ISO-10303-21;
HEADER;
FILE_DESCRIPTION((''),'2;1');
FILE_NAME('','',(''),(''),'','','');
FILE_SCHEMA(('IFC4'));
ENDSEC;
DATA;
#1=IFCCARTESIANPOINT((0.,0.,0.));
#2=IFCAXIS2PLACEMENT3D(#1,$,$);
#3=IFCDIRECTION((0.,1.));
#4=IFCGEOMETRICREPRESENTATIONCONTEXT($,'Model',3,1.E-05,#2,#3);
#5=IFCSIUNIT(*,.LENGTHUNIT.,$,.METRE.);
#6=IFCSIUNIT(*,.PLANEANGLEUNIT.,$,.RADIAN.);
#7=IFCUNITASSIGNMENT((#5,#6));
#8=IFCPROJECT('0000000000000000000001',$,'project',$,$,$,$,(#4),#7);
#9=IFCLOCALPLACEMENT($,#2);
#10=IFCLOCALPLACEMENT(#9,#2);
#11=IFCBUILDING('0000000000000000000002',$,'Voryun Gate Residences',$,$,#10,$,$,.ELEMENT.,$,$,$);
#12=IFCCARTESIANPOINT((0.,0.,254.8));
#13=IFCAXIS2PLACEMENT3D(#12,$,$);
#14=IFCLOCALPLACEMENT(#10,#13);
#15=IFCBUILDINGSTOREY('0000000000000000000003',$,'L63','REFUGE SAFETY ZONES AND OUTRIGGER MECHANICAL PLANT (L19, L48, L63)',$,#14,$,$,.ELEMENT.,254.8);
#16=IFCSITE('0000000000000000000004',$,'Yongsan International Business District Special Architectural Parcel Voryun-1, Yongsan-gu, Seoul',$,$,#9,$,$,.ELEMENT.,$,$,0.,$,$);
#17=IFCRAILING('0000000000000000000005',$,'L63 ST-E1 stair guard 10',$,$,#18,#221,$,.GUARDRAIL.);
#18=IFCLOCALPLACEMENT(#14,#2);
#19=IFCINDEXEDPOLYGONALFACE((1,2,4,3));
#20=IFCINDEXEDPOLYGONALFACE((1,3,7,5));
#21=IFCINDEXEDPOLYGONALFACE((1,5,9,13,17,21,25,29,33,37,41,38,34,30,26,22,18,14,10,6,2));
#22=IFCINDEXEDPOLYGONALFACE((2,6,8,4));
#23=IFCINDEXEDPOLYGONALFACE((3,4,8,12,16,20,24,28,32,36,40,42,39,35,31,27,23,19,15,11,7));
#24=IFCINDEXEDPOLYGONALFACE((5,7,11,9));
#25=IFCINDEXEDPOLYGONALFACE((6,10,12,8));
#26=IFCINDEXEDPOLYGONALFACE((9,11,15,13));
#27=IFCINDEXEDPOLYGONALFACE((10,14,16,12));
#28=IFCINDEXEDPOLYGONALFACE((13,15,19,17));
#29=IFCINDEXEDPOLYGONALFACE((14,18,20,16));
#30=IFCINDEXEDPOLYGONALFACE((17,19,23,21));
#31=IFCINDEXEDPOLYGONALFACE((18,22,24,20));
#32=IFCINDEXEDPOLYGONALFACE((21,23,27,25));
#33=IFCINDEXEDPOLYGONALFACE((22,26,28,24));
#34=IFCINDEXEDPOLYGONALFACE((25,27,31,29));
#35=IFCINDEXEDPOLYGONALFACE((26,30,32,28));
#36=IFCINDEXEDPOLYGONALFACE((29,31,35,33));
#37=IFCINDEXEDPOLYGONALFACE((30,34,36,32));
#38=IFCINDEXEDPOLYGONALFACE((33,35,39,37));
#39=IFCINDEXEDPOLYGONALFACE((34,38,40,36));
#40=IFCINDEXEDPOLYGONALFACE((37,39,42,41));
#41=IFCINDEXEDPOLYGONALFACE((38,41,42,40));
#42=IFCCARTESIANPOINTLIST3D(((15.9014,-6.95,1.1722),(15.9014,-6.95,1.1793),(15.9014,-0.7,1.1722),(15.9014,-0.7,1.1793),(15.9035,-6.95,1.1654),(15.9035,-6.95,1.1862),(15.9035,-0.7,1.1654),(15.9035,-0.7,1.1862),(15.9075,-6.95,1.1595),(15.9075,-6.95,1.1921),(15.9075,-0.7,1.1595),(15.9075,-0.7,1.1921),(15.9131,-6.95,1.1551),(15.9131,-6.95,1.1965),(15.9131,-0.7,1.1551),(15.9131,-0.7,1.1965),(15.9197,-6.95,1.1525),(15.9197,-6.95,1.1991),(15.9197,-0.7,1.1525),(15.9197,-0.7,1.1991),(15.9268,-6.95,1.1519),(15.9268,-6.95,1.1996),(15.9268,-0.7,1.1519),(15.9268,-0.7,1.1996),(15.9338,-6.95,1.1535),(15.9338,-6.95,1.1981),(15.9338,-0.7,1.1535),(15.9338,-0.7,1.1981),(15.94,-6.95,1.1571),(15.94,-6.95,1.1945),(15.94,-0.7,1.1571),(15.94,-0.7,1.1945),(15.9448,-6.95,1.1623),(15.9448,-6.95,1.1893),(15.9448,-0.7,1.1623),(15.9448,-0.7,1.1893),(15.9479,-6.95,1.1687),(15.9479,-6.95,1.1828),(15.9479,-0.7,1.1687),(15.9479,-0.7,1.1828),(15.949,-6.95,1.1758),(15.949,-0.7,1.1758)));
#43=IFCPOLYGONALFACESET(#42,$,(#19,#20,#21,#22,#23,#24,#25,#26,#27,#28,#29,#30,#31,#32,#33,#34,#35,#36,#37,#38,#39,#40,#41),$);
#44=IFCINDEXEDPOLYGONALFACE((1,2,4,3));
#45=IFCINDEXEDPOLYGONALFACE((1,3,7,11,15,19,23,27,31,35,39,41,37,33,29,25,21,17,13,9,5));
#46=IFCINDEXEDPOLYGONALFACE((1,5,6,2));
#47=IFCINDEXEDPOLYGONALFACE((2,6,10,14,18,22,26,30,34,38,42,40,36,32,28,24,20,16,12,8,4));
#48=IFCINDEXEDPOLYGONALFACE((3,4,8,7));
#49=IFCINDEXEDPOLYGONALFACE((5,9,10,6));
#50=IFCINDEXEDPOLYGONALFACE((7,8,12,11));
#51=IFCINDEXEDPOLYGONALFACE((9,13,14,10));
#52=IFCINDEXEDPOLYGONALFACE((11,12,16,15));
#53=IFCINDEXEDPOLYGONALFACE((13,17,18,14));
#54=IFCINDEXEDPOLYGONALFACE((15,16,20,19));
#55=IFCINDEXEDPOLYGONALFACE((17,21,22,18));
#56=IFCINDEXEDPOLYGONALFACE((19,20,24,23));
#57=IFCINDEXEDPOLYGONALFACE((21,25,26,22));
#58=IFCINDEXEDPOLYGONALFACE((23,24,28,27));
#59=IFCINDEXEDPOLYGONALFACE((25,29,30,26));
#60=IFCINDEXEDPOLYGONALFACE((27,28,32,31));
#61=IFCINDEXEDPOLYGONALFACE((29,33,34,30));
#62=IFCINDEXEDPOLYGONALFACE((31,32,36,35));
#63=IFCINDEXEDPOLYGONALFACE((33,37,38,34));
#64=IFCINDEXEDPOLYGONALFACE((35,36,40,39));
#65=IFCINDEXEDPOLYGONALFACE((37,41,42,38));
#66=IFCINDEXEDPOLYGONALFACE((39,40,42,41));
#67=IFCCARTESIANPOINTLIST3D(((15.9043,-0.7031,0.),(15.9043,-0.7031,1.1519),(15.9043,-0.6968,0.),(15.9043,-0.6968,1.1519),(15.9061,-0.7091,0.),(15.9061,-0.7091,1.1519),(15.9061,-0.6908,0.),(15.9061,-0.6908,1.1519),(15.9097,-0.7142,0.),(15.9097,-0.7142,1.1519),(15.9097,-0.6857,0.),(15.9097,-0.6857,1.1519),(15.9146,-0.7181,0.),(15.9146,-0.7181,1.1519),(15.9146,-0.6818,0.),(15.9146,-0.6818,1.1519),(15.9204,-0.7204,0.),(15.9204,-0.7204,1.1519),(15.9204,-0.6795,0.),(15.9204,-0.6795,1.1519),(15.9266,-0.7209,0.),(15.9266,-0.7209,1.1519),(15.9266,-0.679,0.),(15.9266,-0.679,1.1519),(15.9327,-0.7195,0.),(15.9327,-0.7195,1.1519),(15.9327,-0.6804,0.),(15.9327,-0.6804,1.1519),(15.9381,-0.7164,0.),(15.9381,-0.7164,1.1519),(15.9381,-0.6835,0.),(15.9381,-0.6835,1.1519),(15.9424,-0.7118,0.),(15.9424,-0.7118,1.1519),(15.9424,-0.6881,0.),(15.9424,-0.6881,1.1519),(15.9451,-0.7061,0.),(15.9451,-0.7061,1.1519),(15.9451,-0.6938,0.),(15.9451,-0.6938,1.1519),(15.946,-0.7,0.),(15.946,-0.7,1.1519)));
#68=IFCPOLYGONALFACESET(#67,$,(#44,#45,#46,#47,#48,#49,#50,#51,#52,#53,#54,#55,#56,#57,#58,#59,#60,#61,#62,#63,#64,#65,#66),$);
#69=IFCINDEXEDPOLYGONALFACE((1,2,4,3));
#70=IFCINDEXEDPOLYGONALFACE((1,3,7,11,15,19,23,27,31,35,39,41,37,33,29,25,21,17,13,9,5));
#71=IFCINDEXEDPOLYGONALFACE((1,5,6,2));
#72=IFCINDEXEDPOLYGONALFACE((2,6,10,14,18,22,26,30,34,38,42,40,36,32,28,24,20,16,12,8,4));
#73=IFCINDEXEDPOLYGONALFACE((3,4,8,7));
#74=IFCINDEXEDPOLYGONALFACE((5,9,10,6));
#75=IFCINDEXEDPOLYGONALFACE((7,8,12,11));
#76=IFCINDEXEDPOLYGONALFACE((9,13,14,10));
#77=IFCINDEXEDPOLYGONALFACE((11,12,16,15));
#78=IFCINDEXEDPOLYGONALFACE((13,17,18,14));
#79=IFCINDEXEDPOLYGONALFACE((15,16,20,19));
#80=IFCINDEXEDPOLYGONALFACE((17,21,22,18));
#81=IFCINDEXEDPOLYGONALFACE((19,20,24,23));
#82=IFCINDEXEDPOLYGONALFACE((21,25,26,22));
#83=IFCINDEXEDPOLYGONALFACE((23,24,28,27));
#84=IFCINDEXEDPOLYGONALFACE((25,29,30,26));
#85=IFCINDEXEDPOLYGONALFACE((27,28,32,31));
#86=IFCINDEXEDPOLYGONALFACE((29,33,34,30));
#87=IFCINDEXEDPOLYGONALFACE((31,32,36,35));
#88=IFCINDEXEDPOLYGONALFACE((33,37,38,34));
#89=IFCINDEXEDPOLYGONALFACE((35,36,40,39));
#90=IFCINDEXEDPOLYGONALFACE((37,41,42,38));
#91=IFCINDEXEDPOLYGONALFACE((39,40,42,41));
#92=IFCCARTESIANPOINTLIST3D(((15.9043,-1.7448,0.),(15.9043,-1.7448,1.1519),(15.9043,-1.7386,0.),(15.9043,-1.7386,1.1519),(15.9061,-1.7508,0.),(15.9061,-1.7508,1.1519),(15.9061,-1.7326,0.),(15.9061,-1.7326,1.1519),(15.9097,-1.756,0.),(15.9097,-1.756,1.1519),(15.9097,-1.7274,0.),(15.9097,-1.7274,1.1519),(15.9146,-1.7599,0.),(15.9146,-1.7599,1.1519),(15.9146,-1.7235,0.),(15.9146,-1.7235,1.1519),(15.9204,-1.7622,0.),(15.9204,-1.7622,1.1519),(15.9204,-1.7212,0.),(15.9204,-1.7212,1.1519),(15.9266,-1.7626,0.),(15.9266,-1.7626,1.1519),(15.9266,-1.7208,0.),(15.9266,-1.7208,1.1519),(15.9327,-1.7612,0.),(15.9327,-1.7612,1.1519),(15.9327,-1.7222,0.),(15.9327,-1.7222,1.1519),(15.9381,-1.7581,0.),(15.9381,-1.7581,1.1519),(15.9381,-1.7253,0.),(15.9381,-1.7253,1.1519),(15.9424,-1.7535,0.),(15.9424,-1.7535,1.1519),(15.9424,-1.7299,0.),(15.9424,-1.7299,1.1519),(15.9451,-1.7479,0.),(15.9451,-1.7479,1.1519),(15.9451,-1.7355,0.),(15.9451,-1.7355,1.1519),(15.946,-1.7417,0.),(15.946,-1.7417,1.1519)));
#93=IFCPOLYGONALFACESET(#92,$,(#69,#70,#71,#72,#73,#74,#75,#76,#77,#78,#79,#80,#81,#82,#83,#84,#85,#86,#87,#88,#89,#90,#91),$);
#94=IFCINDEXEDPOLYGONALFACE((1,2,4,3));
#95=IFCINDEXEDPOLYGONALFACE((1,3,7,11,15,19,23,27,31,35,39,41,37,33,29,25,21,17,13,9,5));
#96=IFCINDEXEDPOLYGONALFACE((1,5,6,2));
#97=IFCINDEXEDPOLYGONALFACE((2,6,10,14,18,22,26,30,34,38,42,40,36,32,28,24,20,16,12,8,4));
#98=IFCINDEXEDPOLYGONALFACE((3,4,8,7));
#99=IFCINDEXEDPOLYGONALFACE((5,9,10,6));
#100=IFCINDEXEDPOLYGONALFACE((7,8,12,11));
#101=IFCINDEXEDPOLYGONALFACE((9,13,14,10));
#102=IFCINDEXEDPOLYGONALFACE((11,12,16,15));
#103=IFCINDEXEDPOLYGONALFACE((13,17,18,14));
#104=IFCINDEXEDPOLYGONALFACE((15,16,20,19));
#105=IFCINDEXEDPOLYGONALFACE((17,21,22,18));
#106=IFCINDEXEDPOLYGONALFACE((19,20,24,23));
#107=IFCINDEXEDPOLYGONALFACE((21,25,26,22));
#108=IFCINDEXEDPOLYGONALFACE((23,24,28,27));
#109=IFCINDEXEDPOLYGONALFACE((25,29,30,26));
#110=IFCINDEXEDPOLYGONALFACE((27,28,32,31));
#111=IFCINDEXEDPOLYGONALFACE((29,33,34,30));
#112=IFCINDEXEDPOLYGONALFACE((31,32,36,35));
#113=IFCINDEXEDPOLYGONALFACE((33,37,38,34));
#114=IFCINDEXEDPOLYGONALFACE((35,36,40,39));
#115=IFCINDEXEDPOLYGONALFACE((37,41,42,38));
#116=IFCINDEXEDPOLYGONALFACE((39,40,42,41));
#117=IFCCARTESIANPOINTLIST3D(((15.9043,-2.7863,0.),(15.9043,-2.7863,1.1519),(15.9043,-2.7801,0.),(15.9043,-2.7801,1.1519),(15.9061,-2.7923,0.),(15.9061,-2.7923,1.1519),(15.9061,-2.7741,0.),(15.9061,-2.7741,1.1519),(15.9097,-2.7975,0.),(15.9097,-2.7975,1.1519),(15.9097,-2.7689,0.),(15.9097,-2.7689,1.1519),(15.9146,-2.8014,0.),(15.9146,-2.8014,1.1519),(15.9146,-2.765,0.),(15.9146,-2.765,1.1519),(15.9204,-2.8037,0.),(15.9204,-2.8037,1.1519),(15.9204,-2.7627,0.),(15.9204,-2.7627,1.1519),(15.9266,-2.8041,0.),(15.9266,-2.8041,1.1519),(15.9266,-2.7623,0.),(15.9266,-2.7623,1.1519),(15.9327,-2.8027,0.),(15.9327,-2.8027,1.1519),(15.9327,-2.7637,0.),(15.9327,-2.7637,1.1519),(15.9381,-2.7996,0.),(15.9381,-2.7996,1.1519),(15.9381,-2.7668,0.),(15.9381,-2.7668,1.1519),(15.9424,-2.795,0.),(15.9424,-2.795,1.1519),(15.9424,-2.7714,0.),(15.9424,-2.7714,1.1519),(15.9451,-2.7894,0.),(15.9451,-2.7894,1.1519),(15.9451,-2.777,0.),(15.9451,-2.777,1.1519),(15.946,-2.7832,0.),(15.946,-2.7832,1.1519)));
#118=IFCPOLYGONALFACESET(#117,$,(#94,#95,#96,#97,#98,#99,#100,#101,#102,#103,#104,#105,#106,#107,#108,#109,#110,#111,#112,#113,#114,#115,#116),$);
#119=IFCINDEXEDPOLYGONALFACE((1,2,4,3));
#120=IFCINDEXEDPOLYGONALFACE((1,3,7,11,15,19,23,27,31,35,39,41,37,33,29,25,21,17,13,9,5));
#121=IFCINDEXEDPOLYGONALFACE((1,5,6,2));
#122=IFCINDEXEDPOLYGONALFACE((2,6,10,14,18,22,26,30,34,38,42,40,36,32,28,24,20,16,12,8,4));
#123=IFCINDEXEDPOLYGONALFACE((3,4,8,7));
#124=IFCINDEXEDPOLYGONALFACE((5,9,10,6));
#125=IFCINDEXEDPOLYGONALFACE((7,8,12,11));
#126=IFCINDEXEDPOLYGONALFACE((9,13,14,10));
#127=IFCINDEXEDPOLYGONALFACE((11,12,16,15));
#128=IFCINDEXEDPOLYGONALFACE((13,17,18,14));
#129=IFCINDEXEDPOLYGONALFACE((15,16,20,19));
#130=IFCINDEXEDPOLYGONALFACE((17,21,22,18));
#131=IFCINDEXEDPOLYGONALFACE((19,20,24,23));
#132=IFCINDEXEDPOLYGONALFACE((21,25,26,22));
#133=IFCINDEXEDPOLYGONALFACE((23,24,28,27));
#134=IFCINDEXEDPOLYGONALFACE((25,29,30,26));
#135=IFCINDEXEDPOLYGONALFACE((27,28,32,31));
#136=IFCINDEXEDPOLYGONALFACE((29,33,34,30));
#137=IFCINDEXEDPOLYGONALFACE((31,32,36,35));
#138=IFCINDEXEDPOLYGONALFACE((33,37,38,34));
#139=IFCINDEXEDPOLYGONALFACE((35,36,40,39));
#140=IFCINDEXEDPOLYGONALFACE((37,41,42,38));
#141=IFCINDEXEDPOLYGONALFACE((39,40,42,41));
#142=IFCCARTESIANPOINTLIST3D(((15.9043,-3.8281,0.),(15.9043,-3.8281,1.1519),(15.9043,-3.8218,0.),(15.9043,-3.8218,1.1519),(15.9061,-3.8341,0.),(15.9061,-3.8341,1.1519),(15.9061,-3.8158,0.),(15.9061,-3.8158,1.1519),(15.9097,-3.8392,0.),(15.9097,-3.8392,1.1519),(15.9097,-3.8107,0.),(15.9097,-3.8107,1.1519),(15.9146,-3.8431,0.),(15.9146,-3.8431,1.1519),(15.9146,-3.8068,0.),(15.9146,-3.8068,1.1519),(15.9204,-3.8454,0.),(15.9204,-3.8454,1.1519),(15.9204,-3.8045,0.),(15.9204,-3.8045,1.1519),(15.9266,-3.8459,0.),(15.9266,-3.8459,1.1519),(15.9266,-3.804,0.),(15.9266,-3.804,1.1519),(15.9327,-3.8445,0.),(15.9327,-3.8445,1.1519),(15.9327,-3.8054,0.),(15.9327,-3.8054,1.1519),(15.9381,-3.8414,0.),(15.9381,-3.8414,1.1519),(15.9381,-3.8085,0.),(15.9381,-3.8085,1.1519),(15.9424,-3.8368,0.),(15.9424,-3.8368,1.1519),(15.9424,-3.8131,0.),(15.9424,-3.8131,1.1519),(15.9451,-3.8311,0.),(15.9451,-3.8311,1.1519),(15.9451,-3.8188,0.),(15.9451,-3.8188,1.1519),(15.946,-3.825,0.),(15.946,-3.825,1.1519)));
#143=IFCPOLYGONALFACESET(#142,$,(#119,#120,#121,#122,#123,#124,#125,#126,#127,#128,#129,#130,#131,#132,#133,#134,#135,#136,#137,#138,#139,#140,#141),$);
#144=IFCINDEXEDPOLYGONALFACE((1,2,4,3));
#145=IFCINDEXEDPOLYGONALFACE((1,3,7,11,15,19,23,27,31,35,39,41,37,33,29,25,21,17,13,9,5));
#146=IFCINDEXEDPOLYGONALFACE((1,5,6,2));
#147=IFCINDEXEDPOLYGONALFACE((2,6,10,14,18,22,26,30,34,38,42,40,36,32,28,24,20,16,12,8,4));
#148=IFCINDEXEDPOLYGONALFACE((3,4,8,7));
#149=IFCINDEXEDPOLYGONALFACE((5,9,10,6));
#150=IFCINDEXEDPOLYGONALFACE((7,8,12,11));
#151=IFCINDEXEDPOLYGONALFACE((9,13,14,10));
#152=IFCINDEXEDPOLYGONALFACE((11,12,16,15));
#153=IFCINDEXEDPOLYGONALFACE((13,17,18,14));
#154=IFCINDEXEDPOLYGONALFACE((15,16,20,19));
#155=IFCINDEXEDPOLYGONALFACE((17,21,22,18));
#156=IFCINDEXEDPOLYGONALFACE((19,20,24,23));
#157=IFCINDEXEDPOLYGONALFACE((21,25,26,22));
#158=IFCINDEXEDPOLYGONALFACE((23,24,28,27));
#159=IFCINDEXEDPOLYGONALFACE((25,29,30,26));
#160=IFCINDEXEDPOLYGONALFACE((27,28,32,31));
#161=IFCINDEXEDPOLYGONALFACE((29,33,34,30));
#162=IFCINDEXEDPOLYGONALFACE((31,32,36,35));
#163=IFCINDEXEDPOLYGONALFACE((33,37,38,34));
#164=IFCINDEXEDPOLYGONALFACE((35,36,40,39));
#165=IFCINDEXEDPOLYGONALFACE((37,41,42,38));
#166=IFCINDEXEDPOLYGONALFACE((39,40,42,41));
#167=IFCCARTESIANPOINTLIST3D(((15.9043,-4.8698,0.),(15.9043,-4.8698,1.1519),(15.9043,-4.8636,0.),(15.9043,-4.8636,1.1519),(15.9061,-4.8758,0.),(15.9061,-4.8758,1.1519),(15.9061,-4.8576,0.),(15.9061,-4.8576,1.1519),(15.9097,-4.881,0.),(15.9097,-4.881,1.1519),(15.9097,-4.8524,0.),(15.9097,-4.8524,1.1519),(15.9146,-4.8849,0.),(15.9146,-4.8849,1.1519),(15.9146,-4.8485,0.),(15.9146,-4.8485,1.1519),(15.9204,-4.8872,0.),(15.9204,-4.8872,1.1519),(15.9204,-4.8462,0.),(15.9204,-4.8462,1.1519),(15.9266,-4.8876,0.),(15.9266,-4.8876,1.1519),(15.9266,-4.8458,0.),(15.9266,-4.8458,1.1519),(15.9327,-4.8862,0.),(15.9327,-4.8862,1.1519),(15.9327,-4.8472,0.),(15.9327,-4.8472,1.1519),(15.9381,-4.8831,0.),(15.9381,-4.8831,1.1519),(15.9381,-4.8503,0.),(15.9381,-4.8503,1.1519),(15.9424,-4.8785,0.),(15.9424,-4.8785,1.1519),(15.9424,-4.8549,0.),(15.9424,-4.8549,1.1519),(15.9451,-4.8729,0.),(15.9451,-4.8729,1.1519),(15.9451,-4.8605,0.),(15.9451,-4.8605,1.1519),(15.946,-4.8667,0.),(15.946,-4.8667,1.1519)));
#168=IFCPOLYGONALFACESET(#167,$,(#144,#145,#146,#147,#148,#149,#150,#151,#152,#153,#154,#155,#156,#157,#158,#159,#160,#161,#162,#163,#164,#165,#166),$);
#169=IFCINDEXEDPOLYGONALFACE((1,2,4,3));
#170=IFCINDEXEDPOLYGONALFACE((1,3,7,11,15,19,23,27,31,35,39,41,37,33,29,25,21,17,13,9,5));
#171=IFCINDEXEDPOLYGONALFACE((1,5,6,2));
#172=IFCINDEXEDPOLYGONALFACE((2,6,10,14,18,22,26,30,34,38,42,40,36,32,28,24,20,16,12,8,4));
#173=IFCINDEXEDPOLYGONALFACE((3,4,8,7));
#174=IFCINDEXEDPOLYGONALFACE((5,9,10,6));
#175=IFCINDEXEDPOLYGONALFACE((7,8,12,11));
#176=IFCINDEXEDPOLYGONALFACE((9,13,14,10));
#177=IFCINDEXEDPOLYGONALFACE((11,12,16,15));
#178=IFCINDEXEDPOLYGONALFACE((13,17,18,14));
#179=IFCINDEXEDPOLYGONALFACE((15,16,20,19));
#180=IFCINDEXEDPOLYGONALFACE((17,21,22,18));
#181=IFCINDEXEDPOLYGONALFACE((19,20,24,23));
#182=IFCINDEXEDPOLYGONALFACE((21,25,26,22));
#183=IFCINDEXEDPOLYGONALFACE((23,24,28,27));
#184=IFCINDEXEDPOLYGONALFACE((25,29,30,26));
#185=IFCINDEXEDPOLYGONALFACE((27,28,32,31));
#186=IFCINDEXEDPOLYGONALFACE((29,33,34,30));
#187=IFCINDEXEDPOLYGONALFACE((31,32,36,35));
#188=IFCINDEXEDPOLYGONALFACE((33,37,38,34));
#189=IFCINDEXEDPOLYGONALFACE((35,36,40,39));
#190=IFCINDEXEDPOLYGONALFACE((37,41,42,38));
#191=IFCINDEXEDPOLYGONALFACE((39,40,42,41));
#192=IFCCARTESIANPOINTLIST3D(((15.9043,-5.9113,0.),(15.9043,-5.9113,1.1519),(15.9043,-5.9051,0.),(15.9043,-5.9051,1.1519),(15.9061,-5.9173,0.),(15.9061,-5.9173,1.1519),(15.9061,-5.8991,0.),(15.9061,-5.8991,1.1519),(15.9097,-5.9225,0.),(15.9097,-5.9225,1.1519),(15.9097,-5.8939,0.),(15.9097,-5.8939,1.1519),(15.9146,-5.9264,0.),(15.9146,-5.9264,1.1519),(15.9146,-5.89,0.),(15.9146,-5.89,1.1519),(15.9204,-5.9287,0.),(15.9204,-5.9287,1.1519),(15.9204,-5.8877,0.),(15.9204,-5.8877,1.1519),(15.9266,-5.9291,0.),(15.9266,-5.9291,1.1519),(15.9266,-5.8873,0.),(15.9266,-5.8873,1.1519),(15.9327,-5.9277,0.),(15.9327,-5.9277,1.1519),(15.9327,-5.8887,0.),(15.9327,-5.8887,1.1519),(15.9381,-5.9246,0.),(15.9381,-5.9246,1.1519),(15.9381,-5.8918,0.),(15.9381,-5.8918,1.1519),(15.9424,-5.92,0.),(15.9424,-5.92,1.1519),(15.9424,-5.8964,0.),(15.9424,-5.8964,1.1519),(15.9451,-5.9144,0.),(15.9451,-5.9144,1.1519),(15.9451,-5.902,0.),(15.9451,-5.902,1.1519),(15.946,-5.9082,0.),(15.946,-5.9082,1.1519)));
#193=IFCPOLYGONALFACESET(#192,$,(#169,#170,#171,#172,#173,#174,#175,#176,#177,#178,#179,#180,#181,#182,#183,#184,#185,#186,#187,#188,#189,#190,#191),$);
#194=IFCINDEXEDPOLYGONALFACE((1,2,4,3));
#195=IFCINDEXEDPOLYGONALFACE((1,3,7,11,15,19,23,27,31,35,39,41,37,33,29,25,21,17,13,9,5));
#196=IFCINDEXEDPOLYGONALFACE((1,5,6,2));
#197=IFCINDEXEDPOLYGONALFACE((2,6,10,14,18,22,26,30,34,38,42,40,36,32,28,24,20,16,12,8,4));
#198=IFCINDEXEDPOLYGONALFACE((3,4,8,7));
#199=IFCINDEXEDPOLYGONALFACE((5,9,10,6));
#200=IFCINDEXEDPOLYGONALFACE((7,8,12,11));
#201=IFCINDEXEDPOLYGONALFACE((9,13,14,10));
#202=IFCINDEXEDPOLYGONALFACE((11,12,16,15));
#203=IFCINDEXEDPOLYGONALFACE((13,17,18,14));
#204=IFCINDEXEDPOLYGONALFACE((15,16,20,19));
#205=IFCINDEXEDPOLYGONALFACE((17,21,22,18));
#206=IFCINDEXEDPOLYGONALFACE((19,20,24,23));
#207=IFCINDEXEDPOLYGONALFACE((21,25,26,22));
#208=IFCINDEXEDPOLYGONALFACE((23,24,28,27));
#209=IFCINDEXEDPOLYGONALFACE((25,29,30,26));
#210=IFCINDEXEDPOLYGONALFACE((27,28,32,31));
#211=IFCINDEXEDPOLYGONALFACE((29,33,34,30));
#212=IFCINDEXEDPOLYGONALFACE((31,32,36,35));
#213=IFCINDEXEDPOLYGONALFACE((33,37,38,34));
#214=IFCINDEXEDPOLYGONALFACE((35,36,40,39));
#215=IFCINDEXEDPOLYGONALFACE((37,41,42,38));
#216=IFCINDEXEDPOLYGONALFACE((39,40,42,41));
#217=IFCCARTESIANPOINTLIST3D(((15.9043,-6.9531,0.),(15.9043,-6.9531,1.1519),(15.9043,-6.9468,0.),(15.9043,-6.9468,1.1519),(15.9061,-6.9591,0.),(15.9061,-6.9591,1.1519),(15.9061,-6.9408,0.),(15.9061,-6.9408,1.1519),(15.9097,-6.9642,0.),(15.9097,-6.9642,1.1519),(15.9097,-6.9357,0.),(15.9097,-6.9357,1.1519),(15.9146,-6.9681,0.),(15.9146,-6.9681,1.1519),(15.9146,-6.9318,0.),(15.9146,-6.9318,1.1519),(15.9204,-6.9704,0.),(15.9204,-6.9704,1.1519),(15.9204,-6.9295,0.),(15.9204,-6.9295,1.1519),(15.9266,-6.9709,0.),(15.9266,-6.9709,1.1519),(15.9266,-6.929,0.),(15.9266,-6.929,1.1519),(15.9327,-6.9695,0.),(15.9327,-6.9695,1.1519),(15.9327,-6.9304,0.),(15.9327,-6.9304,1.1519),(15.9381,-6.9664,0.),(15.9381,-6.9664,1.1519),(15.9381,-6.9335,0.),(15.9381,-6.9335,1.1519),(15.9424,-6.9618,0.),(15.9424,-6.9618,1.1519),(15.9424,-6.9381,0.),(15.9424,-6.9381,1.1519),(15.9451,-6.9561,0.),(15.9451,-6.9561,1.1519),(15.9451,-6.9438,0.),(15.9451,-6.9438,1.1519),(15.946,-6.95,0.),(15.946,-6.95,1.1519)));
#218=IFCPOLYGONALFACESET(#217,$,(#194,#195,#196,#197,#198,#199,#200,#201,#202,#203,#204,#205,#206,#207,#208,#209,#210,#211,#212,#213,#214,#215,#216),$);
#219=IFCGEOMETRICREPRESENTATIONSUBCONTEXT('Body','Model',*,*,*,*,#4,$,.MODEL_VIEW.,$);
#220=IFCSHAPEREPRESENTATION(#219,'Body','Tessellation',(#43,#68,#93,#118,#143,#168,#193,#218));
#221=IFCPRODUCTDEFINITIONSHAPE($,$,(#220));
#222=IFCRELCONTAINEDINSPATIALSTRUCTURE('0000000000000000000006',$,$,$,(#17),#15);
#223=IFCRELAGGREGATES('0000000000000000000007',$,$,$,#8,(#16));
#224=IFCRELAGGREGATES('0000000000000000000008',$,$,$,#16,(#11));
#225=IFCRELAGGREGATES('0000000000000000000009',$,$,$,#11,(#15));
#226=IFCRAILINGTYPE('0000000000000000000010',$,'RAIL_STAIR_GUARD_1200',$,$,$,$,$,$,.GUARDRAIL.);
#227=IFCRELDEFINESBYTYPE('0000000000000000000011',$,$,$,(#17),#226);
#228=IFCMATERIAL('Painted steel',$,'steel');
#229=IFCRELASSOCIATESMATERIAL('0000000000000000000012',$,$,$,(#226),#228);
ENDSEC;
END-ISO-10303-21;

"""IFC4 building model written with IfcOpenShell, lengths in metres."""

from ifc_helpers import new_model, si_unit, direction, frame, origin, origin_2d, place, context, subcontext, project, spatial, circle, extrude, material, type_object, element, save


model = new_model("IFC4")

# Units and contexts
model_context = context("Model", 3, precision=1e-05, world=origin(), true_north=direction((0.0, 1.0)))
body_context = subcontext(model_context, "Body", "Model", "MODEL_VIEW")
ifc_project = project(units=[si_unit("LENGTHUNIT", "METRE"), si_unit("PLANEANGLEUNIT", "RADIAN")], contexts=[model_context])

# Site, building, storey
site_placement = place(None, origin())
site = spatial("IfcSite", under=ifc_project, at=site_placement, Name="Yongsan International Business District Special Architectural Parcel Voryun-1, Yongsan-gu, Seoul", CompositionType="ELEMENT", RefElevation=0.0)
building_placement = place(site_placement, origin())
building = spatial("IfcBuilding", under=site, at=building_placement, Name="Voryun Gate Residences", CompositionType="ELEMENT")
storey_placement = place(building_placement, frame((0.0, 0.0, 254.8)))
storey = spatial("IfcBuildingStorey", under=building, at=storey_placement, Name="L63", Description="REFUGE SAFETY ZONES AND OUTRIGGER MECHANICAL PLANT (L19, L48, L63)", CompositionType="ELEMENT", Elevation=254.8)

# Railing
ifc_material_1 = material(Name="Painted steel", Category="steel")
railing_type_1 = type_object("IfcRailingType", Name="RAIL_STAIR_GUARD_1200", PredefinedType="GUARDRAIL", material=ifc_material_1)
railing_1_placement = place(storey_placement, frame((15.925, -0.7, 0.0)))
element("IfcRailing", 1, at=railing_1_placement, inside=storey, type_object=railing_type_1, Name="L63 ST-E1 stair guard 10", PredefinedType="GUARDRAIL", context=body_context, shape_type="SweptSolid", body=[
    extrude(circle(Radius=0.0239, at=origin_2d()), frame((0.0, 0.0, 1.1758), z_axis=(0.0, -1.0, 0.0), x_axis=(1.0, 0.0, 0.0)), (0.0, 0.0, 1.0), 6.25),
    extrude(circle(Radius=0.021, at=origin_2d()), origin(), (0.0, 0.0, 1.0), 1.1519),
    extrude(circle(Radius=0.021, at=origin_2d()), frame((0.0, -1.0417, 0.0)), (0.0, 0.0, 1.0), 1.1519),
    extrude(circle(Radius=0.021, at=origin_2d()), frame((0.0, -2.0833, 0.0)), (0.0, 0.0, 1.0), 1.1519),
    extrude(circle(Radius=0.021, at=origin_2d()), frame((0.0, -3.125, 0.0)), (0.0, 0.0, 1.0), 1.1519),
    extrude(circle(Radius=0.021, at=origin_2d()), frame((0.0, -4.1667, 0.0)), (0.0, 0.0, 1.0), 1.1519),
    extrude(circle(Radius=0.021, at=origin_2d()), frame((0.0, -5.2083, 0.0)), (0.0, 0.0, 1.0), 1.1519),
    extrude(circle(Radius=0.021, at=origin_2d()), frame((0.0, -6.25, 0.0)), (0.0, 0.0, 1.0), 1.1519),
])

save(model, "model.ifc")
